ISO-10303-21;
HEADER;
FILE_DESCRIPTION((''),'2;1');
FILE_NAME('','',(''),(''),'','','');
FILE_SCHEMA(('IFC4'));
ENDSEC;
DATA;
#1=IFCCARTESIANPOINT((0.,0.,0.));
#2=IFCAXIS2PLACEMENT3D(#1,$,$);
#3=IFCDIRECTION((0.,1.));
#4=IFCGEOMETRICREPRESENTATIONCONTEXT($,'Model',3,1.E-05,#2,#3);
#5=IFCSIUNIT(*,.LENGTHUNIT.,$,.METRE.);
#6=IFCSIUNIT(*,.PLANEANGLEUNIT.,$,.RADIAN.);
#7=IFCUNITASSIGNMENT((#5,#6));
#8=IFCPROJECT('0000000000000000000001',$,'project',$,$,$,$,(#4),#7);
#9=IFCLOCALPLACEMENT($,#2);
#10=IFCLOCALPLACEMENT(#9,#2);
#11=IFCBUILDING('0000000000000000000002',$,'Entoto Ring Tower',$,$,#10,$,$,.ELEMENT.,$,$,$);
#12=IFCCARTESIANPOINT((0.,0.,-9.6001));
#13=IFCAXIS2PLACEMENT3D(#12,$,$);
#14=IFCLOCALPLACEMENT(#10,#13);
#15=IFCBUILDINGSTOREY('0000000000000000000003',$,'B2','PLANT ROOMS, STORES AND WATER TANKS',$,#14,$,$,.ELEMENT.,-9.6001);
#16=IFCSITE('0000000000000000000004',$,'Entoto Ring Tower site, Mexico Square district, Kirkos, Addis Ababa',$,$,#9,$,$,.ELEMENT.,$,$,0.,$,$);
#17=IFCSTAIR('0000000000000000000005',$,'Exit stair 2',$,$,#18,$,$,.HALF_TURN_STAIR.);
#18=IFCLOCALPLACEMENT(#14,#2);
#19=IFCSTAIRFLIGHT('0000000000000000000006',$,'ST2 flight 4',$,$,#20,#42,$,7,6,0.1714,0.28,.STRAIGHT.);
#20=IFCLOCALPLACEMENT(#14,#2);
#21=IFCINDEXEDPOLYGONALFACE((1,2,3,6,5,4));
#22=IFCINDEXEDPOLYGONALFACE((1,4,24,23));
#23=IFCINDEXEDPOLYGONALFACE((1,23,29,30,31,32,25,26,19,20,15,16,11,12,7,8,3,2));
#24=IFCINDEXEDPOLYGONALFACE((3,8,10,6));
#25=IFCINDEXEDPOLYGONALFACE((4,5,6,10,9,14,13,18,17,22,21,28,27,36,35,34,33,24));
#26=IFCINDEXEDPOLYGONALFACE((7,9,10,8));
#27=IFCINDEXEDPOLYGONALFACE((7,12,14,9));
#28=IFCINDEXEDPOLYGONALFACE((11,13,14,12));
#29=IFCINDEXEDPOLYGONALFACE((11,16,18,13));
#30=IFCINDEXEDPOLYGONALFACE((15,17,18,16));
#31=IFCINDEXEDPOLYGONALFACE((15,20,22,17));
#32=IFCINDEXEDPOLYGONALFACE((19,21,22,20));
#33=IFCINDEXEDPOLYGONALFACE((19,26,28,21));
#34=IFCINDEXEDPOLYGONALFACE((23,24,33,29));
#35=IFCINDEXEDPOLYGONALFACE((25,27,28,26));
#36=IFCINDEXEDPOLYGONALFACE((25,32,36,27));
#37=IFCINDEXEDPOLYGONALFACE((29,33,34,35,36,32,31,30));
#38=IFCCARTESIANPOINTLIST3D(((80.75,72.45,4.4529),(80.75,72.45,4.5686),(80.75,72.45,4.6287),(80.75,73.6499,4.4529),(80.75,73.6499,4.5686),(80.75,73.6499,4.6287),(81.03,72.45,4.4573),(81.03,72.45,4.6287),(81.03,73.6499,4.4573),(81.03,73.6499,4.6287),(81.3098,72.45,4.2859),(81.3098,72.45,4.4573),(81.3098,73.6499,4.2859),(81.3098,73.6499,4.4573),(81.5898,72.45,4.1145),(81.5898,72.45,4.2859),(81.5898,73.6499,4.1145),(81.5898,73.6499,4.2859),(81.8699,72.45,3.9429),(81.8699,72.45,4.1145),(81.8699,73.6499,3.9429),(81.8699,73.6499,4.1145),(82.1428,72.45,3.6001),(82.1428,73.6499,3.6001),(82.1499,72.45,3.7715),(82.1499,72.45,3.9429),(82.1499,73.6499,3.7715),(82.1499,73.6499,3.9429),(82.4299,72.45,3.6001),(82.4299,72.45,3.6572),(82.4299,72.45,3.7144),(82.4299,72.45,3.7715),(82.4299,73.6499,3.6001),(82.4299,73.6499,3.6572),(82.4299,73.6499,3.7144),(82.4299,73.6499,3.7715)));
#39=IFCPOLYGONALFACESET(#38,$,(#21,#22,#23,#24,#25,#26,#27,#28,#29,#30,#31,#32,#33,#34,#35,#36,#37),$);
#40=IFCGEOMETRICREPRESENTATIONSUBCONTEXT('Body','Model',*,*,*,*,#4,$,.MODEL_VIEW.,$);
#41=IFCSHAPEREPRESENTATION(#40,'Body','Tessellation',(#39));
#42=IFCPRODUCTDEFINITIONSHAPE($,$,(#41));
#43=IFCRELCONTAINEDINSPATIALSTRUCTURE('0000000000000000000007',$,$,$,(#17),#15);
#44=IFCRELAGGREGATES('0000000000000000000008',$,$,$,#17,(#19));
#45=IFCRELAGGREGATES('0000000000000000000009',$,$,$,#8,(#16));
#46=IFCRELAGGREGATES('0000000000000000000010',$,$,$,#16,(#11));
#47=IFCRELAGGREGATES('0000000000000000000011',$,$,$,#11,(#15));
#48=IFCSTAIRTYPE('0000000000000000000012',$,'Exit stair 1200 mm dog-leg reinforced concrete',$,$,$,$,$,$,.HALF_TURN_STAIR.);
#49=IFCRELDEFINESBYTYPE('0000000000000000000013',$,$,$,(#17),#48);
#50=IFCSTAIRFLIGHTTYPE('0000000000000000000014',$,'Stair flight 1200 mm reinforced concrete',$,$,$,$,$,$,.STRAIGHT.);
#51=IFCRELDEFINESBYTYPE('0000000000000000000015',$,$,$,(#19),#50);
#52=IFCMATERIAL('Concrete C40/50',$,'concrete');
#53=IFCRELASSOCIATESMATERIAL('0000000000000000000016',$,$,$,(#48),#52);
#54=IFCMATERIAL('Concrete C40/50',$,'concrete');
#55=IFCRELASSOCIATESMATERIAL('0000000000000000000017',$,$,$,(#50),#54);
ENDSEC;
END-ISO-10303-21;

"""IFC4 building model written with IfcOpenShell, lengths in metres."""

from ifc_helpers import new_model, si_unit, direction, frame, origin, place, context, subcontext, project, spatial, polyline, outline, extrude, material, type_object, element, aggregate, save


model = new_model("IFC4")

# Units and contexts
model_context = context("Model", 3, precision=1e-05, world=origin(), true_north=direction((0.0, 1.0)))
body_context = subcontext(model_context, "Body", "Model", "MODEL_VIEW")
ifc_project = project(units=[si_unit("LENGTHUNIT", "METRE"), si_unit("PLANEANGLEUNIT", "RADIAN")], contexts=[model_context])

# Site, building, storey
site_placement = place(None, origin())
site = spatial("IfcSite", under=ifc_project, at=site_placement, Name="Entoto Ring Tower site, Mexico Square district, Kirkos, Addis Ababa", CompositionType="ELEMENT", RefElevation=0.0)
building_placement = place(site_placement, origin())
building = spatial("IfcBuilding", under=site, at=building_placement, Name="Entoto Ring Tower", CompositionType="ELEMENT")
storey_placement = place(building_placement, frame((0.0, 0.0, -9.6001)))
storey = spatial("IfcBuildingStorey", under=building, at=storey_placement, Name="B2", Description="PLANT ROOMS, STORES AND WATER TANKS", CompositionType="ELEMENT", Elevation=-9.6001)

# Stair, stair flight
ifc_material_1 = material(Name="Concrete C40/50", Category="concrete")
stair_type = type_object("IfcStairType", Name="Exit stair 1200 mm dog-leg reinforced concrete", PredefinedType="HALF_TURN_STAIR", material=ifc_material_1)
stair_placement = place(storey_placement, origin())
stair = element("IfcStair", 1, at=stair_placement, inside=storey, type_object=stair_type, Name="Exit stair 2", PredefinedType="HALF_TURN_STAIR")
ifc_material_2 = material(Name="Concrete C40/50", Category="concrete")
stair_flight_type = type_object("IfcStairFlightType", Name="Stair flight 1200 mm reinforced concrete", PredefinedType="STRAIGHT", material=ifc_material_2)
stair_flight_1_placement = place(storey_placement, frame((82.4299, 73.05, 3.6001), z_axis=(0.0, 0.0, 1.0), x_axis=(-1.0, 0.0, 0.0)))
stair_flight_1 = element("IfcStairFlight", 2, at=stair_flight_1_placement, type_object=stair_flight_type, Name="ST2 flight 4", NumberOfRisers=7, NumberOfTreads=6, PredefinedType="STRAIGHT", RiserHeight=0.1714, TreadLength=0.28, context=body_context, shape_type="SweptSolid", body=[
    extrude(outline(polyline([(0.0, 0.0), (0.0, 0.0571), (0.0, 0.1143), (0.0, 0.1714), (0.28, 0.1714), (0.28, 0.3428), (0.5601, 0.3428), (0.5601, 0.5144), (0.8401, 0.5144), (0.8401, 0.6858), (1.1201, 0.6858), (1.1201, 0.8572), (1.3999, 0.8572), (1.3999, 1.0286), (1.6799, 1.0286), (1.6799, 1.2), (1.6799, 1.0842), (1.6799, 0.9685), (1.6799, 0.8528), (0.2871, 0.0), (0.0, 0.0)])), frame((0.0, 0.6001, 0.0), z_axis=(0.0, -1.0, 0.0), x_axis=(1.0, 0.0, 0.0)), (0.0, 0.0, 1.0), 1.2),
])
aggregate(stair, [stair_flight_1])

save(model, "model.ifc")
